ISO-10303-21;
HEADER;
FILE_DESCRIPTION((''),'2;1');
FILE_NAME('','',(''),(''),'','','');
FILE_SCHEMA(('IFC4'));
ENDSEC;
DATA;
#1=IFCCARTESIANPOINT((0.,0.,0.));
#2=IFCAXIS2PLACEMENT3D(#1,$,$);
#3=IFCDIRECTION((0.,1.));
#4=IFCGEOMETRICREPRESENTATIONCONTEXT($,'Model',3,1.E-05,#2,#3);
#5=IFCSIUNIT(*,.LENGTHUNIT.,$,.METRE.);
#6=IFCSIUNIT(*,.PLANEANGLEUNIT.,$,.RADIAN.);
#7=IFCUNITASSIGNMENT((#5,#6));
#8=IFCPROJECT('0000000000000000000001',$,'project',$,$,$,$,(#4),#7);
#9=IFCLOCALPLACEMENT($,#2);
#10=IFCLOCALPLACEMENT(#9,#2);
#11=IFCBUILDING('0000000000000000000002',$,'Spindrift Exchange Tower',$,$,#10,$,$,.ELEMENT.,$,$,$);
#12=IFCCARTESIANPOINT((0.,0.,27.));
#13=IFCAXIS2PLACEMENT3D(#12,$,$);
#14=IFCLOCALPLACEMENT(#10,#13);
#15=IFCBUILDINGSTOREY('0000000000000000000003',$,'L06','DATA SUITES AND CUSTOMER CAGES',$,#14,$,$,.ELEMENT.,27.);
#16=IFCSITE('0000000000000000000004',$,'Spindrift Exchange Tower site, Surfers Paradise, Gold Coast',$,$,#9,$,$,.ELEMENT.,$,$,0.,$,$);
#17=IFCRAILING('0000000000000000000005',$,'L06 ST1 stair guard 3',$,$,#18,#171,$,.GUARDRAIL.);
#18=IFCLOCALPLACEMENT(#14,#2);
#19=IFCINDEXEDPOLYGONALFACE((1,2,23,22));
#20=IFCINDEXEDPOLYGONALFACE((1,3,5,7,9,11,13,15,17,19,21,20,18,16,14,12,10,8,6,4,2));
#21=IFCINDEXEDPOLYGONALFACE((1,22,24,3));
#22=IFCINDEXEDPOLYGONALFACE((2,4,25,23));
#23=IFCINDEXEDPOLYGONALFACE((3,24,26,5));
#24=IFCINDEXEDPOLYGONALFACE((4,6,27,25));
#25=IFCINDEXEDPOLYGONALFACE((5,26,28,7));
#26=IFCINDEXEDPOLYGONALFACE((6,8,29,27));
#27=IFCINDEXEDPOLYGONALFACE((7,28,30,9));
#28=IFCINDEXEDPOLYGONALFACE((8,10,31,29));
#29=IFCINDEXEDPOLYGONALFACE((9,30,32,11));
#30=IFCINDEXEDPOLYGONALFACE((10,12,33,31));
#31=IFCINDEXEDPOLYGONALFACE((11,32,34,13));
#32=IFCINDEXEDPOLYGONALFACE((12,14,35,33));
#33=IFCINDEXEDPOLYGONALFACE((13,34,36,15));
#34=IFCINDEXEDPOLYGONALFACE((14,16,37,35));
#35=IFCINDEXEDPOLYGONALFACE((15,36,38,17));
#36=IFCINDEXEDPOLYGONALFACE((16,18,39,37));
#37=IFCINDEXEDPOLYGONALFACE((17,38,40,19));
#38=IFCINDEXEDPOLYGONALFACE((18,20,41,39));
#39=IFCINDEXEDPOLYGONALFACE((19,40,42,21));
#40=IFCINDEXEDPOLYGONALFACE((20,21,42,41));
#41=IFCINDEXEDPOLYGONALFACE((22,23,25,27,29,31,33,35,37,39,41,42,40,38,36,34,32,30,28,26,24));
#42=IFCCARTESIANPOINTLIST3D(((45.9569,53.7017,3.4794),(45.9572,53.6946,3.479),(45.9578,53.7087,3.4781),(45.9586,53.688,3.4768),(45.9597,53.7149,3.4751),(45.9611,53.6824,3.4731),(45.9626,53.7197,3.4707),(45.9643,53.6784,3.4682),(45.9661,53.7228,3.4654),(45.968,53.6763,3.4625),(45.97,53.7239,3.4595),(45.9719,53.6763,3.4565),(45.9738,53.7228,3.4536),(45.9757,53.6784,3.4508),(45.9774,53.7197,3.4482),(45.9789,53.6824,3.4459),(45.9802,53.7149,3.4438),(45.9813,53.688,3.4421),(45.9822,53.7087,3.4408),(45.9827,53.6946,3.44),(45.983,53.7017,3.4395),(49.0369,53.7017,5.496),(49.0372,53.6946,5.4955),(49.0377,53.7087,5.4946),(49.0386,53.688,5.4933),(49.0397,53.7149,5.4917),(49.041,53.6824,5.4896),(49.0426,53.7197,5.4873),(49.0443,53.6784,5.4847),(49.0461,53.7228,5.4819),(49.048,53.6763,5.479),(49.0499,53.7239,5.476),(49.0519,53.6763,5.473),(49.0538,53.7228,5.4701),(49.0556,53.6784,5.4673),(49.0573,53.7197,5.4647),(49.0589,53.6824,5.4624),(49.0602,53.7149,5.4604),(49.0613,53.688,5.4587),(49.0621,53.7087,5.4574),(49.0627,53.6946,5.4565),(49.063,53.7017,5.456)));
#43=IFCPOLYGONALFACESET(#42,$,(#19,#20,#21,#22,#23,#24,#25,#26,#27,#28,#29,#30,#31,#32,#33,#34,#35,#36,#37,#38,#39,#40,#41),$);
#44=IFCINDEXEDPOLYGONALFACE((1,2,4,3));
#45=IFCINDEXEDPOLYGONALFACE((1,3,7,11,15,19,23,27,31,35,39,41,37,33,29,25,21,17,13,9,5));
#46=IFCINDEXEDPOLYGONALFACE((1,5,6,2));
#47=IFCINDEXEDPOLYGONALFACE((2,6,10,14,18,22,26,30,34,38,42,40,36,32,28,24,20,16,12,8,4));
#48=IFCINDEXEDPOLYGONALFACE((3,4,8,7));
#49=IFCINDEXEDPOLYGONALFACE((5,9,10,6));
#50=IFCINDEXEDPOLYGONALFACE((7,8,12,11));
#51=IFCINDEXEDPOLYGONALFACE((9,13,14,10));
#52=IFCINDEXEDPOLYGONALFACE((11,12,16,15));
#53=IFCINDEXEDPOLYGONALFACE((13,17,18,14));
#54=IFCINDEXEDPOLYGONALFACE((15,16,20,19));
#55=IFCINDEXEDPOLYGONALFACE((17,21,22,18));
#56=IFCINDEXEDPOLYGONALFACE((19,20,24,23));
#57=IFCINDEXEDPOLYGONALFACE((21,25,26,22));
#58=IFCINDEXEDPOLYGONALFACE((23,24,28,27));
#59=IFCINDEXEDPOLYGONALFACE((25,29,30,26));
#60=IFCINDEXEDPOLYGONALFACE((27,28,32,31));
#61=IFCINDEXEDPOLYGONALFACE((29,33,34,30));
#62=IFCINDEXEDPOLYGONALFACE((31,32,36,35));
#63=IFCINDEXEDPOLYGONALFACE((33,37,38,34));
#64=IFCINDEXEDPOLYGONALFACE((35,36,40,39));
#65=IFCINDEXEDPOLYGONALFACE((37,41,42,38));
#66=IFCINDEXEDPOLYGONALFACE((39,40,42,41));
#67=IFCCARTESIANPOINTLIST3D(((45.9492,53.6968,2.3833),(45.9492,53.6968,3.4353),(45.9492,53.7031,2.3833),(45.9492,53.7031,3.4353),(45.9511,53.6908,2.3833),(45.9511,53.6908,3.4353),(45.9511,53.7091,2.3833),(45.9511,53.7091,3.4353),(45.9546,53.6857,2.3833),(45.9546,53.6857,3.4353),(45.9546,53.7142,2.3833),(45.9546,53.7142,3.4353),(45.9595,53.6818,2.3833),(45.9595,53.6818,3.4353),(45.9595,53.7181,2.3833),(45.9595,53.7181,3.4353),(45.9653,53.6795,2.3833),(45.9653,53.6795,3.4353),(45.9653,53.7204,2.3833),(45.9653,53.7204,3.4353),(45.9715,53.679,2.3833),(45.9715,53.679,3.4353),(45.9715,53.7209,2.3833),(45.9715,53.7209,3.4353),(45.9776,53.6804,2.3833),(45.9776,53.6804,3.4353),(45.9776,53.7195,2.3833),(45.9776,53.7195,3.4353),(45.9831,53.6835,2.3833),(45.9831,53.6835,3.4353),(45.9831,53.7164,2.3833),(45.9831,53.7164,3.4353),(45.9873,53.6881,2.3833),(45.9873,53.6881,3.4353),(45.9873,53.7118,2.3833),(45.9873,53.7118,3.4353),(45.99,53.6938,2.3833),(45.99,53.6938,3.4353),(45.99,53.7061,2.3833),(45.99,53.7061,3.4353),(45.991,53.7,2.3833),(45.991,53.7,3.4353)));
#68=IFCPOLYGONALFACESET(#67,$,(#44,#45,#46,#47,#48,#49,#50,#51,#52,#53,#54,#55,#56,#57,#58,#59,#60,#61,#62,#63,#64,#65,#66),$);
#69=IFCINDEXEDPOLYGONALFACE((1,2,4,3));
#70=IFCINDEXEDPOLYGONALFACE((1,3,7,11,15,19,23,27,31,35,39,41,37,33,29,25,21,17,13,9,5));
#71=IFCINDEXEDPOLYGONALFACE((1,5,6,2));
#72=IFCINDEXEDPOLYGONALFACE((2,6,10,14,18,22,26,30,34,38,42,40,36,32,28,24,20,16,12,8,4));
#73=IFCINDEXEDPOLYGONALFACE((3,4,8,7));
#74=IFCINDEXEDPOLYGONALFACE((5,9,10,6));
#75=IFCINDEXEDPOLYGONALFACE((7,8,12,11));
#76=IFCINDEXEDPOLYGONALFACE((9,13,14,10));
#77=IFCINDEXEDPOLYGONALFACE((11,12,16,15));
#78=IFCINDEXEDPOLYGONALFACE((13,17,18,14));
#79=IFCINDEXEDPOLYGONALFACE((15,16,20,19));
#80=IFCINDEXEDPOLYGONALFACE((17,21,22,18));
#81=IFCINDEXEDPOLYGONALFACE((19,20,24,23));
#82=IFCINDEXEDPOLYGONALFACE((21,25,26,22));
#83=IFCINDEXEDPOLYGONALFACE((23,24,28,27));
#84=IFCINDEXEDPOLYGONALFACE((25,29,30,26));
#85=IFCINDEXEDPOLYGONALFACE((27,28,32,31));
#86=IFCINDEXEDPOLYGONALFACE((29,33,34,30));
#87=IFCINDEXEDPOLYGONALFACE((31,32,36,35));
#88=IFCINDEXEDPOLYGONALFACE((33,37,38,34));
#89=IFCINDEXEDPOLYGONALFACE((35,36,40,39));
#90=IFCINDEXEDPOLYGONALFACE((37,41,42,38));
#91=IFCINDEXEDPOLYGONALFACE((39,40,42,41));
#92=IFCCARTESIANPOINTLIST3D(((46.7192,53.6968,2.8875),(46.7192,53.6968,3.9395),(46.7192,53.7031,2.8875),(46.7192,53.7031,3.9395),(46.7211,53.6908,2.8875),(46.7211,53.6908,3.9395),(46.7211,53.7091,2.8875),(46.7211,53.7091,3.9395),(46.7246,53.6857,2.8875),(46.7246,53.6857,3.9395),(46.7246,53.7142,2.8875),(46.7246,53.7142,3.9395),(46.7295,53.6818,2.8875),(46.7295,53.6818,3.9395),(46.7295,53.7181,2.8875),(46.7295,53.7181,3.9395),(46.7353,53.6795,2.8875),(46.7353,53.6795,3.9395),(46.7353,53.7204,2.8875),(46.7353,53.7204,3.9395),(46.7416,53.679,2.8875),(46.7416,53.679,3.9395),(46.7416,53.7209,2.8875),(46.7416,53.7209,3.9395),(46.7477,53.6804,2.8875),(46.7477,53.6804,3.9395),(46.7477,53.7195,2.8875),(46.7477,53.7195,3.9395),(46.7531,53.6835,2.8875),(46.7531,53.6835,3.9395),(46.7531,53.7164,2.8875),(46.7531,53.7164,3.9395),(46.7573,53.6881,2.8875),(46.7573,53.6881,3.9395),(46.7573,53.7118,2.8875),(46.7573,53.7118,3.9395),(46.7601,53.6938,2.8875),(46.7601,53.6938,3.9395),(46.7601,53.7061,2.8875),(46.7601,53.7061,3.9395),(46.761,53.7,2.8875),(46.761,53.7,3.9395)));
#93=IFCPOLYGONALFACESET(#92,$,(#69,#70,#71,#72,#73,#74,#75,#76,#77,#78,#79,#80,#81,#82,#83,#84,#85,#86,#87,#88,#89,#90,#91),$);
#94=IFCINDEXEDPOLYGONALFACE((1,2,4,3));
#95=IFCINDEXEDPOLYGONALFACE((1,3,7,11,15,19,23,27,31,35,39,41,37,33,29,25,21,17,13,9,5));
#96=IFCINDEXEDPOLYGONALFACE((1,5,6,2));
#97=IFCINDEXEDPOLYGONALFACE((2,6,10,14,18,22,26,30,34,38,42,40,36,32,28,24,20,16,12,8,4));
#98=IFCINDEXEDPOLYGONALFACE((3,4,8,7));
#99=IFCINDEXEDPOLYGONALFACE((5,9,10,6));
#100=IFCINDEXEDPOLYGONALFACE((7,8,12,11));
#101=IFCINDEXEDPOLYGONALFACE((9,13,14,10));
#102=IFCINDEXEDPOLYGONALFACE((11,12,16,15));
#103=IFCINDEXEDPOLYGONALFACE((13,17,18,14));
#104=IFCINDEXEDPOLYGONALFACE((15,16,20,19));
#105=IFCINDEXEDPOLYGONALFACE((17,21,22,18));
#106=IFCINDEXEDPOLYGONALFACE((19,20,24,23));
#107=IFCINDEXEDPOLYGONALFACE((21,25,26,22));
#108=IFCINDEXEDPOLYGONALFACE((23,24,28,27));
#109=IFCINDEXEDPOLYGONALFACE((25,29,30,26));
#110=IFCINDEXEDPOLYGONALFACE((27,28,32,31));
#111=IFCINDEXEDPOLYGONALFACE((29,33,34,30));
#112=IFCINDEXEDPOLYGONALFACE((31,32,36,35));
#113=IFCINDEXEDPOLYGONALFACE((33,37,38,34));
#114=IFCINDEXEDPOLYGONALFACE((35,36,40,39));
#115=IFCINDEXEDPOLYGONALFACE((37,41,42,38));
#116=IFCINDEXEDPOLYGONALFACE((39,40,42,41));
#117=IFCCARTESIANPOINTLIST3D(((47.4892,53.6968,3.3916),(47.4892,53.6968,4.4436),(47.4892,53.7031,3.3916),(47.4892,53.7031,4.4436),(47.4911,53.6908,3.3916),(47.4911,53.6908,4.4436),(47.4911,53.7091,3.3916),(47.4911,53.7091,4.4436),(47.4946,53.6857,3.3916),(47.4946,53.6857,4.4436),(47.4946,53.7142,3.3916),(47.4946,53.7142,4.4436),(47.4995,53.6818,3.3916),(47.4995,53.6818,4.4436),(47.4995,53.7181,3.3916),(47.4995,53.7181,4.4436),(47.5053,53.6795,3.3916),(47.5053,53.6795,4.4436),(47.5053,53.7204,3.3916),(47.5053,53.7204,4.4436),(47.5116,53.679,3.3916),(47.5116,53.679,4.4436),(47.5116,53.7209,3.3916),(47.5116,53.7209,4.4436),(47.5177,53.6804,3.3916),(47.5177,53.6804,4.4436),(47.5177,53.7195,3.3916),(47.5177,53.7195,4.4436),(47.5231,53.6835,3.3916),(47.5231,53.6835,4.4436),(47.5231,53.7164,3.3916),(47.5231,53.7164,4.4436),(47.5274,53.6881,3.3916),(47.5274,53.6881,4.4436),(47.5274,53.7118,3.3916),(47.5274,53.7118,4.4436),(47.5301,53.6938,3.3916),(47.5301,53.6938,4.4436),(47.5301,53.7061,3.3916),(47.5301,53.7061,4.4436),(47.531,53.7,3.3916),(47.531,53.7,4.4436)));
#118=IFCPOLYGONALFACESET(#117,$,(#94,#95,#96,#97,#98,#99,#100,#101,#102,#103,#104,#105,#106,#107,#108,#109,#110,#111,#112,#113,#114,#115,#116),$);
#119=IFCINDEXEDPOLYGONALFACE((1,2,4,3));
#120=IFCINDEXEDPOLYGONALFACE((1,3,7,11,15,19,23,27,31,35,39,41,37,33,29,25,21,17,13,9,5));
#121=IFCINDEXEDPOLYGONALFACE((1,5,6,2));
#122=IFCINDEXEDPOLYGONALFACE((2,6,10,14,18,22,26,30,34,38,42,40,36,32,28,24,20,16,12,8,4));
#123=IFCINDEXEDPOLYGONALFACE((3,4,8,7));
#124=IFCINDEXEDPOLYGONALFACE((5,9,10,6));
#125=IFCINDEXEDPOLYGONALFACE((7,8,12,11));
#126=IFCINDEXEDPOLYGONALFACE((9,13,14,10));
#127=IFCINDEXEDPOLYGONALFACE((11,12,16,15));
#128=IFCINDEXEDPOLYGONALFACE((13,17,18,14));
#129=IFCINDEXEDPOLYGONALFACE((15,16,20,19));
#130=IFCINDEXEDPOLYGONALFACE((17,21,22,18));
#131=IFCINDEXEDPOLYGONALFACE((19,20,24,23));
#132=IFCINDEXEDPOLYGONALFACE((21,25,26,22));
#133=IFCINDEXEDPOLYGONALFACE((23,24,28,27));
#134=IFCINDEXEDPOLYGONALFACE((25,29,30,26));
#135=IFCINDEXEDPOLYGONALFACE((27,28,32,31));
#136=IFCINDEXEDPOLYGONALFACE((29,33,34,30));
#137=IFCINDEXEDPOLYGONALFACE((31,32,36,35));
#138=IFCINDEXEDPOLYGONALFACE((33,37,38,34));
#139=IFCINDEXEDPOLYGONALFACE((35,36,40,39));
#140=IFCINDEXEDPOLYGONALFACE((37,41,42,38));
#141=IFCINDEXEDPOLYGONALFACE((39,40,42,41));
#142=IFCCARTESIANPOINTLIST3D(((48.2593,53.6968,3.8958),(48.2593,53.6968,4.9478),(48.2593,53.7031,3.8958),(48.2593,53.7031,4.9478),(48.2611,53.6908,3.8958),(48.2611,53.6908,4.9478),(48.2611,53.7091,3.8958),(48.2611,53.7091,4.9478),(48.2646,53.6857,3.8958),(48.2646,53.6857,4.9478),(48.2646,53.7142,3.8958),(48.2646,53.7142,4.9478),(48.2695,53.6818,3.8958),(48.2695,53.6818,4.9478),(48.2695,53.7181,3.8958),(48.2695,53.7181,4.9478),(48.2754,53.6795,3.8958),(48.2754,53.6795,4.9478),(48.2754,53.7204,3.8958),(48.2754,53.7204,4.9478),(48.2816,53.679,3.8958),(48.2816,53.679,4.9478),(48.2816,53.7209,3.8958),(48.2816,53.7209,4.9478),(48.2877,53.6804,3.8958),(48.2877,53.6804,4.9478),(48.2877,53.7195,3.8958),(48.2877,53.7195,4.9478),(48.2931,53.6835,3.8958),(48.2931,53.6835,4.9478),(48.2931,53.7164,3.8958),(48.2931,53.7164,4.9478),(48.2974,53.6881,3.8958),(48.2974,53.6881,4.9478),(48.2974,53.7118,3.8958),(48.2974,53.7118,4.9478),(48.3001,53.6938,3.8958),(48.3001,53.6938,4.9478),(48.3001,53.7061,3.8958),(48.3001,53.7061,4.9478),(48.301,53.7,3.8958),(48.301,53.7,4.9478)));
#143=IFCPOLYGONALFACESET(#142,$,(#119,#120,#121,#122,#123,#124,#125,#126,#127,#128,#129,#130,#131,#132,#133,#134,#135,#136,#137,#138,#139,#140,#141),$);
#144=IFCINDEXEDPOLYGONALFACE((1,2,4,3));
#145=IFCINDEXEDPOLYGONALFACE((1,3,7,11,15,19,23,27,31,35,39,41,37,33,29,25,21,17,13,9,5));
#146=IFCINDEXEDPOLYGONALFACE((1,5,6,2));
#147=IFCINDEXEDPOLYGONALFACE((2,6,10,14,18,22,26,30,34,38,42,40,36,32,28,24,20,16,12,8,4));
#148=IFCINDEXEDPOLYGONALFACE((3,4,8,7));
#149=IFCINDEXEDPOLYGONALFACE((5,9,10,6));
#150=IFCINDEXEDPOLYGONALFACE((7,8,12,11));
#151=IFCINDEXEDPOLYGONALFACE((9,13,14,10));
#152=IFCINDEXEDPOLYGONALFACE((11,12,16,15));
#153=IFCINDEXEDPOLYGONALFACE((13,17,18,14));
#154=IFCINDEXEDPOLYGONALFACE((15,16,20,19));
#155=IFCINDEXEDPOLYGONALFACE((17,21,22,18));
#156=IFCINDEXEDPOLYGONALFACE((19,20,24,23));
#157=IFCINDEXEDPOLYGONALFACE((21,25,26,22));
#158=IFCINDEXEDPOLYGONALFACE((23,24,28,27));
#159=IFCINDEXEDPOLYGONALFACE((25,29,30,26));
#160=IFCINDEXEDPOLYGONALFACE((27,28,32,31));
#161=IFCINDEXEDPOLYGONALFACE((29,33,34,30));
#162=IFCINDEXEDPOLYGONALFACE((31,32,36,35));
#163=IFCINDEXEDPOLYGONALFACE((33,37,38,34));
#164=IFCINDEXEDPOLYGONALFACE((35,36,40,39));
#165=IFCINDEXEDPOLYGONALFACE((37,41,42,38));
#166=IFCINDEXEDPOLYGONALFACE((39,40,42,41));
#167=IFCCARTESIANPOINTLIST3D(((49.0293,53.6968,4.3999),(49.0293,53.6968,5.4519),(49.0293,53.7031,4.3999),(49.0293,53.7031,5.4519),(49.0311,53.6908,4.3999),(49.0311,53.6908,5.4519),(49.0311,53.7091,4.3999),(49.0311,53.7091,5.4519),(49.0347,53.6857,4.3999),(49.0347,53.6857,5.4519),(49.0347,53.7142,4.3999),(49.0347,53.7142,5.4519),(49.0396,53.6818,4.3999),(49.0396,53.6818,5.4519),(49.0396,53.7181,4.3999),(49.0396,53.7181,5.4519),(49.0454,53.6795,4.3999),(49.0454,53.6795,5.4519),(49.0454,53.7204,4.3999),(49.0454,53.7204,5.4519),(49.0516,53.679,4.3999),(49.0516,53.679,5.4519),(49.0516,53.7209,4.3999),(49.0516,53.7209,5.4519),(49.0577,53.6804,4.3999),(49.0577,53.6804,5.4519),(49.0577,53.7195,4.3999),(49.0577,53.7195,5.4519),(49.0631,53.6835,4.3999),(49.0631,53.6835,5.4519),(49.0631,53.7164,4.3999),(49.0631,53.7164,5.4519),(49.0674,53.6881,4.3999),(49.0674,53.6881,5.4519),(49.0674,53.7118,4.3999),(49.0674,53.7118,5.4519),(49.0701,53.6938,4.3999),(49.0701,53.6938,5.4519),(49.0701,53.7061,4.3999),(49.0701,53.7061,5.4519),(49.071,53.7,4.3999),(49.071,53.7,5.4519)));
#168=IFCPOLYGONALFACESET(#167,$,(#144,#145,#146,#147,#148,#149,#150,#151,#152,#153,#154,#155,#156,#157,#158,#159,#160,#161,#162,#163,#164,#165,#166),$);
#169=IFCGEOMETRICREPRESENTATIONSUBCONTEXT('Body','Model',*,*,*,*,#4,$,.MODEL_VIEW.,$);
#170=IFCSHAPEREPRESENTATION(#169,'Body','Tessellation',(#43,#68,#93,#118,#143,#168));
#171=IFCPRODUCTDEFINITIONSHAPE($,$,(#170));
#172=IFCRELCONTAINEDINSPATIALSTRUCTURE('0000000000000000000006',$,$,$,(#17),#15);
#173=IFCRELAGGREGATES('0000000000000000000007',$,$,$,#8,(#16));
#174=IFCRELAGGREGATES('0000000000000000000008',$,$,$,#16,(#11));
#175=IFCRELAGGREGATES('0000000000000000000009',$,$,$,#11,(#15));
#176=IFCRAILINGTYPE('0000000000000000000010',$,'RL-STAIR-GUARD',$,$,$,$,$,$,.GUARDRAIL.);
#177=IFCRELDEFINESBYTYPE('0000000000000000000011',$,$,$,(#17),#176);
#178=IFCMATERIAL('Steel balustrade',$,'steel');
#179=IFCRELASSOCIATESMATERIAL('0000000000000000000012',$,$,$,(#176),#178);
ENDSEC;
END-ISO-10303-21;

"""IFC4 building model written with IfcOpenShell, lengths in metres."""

from ifc_helpers import new_model, si_unit, direction, frame, origin, origin_2d, place, context, subcontext, project, spatial, circle, extrude, material, type_object, element, save


model = new_model("IFC4")

# Units and contexts
model_context = context("Model", 3, precision=1e-05, world=origin(), true_north=direction((0.0, 1.0)))
body_context = subcontext(model_context, "Body", "Model", "MODEL_VIEW")
ifc_project = project(units=[si_unit("LENGTHUNIT", "METRE"), si_unit("PLANEANGLEUNIT", "RADIAN")], contexts=[model_context])

# Site, building, storey
site_placement = place(None, origin())
site = spatial("IfcSite", under=ifc_project, at=site_placement, Name="Spindrift Exchange Tower site, Surfers Paradise, Gold Coast", CompositionType="ELEMENT", RefElevation=0.0)
building_placement = place(site_placement, origin())
building = spatial("IfcBuilding", under=site, at=building_placement, Name="Spindrift Exchange Tower", CompositionType="ELEMENT")
storey_placement = place(building_placement, frame((0.0, 0.0, 27.0)))
storey = spatial("IfcBuildingStorey", under=building, at=storey_placement, Name="L06", Description="DATA SUITES AND CUSTOMER CAGES", CompositionType="ELEMENT", Elevation=27.0)

# Railing
ifc_material_1 = material(Name="Steel balustrade", Category="steel")
railing_type_1 = type_object("IfcRailingType", Name="RL-STAIR-GUARD", PredefinedType="GUARDRAIL", material=ifc_material_1)
railing_1_placement = place(storey_placement, frame((45.97, 53.7, 2.3833)))
element("IfcRailing", 1, at=railing_1_placement, inside=storey, type_object=railing_type_1, Name="L06 ST1 stair guard 3", PredefinedType="GUARDRAIL", context=body_context, shape_type="SweptSolid", body=[
    extrude(circle(Radius=0.0239, at=origin_2d()), frame((0.0, 0.0, 1.0762), z_axis=(0.836633, 0.0, 0.547764), x_axis=(0.0, 1.0, 0.0)), (0.0, 0.0, 1.0), 3.6814),
    extrude(circle(Radius=0.021, at=origin_2d()), origin(), (0.0, 0.0, 1.0), 1.052),
    extrude(circle(Radius=0.021, at=origin_2d()), frame((0.77, 0.0, 0.5042)), (0.0, 0.0, 1.0), 1.052),
    extrude(circle(Radius=0.021, at=origin_2d()), frame((1.54, 0.0, 1.0083)), (0.0, 0.0, 1.0), 1.052),
    extrude(circle(Radius=0.021, at=origin_2d()), frame((2.3101, 0.0, 1.5125)), (0.0, 0.0, 1.0), 1.052),
    extrude(circle(Radius=0.021, at=origin_2d()), frame((3.0801, 0.0, 2.0166)), (0.0, 0.0, 1.0), 1.052),
])

save(model, "model.ifc")
